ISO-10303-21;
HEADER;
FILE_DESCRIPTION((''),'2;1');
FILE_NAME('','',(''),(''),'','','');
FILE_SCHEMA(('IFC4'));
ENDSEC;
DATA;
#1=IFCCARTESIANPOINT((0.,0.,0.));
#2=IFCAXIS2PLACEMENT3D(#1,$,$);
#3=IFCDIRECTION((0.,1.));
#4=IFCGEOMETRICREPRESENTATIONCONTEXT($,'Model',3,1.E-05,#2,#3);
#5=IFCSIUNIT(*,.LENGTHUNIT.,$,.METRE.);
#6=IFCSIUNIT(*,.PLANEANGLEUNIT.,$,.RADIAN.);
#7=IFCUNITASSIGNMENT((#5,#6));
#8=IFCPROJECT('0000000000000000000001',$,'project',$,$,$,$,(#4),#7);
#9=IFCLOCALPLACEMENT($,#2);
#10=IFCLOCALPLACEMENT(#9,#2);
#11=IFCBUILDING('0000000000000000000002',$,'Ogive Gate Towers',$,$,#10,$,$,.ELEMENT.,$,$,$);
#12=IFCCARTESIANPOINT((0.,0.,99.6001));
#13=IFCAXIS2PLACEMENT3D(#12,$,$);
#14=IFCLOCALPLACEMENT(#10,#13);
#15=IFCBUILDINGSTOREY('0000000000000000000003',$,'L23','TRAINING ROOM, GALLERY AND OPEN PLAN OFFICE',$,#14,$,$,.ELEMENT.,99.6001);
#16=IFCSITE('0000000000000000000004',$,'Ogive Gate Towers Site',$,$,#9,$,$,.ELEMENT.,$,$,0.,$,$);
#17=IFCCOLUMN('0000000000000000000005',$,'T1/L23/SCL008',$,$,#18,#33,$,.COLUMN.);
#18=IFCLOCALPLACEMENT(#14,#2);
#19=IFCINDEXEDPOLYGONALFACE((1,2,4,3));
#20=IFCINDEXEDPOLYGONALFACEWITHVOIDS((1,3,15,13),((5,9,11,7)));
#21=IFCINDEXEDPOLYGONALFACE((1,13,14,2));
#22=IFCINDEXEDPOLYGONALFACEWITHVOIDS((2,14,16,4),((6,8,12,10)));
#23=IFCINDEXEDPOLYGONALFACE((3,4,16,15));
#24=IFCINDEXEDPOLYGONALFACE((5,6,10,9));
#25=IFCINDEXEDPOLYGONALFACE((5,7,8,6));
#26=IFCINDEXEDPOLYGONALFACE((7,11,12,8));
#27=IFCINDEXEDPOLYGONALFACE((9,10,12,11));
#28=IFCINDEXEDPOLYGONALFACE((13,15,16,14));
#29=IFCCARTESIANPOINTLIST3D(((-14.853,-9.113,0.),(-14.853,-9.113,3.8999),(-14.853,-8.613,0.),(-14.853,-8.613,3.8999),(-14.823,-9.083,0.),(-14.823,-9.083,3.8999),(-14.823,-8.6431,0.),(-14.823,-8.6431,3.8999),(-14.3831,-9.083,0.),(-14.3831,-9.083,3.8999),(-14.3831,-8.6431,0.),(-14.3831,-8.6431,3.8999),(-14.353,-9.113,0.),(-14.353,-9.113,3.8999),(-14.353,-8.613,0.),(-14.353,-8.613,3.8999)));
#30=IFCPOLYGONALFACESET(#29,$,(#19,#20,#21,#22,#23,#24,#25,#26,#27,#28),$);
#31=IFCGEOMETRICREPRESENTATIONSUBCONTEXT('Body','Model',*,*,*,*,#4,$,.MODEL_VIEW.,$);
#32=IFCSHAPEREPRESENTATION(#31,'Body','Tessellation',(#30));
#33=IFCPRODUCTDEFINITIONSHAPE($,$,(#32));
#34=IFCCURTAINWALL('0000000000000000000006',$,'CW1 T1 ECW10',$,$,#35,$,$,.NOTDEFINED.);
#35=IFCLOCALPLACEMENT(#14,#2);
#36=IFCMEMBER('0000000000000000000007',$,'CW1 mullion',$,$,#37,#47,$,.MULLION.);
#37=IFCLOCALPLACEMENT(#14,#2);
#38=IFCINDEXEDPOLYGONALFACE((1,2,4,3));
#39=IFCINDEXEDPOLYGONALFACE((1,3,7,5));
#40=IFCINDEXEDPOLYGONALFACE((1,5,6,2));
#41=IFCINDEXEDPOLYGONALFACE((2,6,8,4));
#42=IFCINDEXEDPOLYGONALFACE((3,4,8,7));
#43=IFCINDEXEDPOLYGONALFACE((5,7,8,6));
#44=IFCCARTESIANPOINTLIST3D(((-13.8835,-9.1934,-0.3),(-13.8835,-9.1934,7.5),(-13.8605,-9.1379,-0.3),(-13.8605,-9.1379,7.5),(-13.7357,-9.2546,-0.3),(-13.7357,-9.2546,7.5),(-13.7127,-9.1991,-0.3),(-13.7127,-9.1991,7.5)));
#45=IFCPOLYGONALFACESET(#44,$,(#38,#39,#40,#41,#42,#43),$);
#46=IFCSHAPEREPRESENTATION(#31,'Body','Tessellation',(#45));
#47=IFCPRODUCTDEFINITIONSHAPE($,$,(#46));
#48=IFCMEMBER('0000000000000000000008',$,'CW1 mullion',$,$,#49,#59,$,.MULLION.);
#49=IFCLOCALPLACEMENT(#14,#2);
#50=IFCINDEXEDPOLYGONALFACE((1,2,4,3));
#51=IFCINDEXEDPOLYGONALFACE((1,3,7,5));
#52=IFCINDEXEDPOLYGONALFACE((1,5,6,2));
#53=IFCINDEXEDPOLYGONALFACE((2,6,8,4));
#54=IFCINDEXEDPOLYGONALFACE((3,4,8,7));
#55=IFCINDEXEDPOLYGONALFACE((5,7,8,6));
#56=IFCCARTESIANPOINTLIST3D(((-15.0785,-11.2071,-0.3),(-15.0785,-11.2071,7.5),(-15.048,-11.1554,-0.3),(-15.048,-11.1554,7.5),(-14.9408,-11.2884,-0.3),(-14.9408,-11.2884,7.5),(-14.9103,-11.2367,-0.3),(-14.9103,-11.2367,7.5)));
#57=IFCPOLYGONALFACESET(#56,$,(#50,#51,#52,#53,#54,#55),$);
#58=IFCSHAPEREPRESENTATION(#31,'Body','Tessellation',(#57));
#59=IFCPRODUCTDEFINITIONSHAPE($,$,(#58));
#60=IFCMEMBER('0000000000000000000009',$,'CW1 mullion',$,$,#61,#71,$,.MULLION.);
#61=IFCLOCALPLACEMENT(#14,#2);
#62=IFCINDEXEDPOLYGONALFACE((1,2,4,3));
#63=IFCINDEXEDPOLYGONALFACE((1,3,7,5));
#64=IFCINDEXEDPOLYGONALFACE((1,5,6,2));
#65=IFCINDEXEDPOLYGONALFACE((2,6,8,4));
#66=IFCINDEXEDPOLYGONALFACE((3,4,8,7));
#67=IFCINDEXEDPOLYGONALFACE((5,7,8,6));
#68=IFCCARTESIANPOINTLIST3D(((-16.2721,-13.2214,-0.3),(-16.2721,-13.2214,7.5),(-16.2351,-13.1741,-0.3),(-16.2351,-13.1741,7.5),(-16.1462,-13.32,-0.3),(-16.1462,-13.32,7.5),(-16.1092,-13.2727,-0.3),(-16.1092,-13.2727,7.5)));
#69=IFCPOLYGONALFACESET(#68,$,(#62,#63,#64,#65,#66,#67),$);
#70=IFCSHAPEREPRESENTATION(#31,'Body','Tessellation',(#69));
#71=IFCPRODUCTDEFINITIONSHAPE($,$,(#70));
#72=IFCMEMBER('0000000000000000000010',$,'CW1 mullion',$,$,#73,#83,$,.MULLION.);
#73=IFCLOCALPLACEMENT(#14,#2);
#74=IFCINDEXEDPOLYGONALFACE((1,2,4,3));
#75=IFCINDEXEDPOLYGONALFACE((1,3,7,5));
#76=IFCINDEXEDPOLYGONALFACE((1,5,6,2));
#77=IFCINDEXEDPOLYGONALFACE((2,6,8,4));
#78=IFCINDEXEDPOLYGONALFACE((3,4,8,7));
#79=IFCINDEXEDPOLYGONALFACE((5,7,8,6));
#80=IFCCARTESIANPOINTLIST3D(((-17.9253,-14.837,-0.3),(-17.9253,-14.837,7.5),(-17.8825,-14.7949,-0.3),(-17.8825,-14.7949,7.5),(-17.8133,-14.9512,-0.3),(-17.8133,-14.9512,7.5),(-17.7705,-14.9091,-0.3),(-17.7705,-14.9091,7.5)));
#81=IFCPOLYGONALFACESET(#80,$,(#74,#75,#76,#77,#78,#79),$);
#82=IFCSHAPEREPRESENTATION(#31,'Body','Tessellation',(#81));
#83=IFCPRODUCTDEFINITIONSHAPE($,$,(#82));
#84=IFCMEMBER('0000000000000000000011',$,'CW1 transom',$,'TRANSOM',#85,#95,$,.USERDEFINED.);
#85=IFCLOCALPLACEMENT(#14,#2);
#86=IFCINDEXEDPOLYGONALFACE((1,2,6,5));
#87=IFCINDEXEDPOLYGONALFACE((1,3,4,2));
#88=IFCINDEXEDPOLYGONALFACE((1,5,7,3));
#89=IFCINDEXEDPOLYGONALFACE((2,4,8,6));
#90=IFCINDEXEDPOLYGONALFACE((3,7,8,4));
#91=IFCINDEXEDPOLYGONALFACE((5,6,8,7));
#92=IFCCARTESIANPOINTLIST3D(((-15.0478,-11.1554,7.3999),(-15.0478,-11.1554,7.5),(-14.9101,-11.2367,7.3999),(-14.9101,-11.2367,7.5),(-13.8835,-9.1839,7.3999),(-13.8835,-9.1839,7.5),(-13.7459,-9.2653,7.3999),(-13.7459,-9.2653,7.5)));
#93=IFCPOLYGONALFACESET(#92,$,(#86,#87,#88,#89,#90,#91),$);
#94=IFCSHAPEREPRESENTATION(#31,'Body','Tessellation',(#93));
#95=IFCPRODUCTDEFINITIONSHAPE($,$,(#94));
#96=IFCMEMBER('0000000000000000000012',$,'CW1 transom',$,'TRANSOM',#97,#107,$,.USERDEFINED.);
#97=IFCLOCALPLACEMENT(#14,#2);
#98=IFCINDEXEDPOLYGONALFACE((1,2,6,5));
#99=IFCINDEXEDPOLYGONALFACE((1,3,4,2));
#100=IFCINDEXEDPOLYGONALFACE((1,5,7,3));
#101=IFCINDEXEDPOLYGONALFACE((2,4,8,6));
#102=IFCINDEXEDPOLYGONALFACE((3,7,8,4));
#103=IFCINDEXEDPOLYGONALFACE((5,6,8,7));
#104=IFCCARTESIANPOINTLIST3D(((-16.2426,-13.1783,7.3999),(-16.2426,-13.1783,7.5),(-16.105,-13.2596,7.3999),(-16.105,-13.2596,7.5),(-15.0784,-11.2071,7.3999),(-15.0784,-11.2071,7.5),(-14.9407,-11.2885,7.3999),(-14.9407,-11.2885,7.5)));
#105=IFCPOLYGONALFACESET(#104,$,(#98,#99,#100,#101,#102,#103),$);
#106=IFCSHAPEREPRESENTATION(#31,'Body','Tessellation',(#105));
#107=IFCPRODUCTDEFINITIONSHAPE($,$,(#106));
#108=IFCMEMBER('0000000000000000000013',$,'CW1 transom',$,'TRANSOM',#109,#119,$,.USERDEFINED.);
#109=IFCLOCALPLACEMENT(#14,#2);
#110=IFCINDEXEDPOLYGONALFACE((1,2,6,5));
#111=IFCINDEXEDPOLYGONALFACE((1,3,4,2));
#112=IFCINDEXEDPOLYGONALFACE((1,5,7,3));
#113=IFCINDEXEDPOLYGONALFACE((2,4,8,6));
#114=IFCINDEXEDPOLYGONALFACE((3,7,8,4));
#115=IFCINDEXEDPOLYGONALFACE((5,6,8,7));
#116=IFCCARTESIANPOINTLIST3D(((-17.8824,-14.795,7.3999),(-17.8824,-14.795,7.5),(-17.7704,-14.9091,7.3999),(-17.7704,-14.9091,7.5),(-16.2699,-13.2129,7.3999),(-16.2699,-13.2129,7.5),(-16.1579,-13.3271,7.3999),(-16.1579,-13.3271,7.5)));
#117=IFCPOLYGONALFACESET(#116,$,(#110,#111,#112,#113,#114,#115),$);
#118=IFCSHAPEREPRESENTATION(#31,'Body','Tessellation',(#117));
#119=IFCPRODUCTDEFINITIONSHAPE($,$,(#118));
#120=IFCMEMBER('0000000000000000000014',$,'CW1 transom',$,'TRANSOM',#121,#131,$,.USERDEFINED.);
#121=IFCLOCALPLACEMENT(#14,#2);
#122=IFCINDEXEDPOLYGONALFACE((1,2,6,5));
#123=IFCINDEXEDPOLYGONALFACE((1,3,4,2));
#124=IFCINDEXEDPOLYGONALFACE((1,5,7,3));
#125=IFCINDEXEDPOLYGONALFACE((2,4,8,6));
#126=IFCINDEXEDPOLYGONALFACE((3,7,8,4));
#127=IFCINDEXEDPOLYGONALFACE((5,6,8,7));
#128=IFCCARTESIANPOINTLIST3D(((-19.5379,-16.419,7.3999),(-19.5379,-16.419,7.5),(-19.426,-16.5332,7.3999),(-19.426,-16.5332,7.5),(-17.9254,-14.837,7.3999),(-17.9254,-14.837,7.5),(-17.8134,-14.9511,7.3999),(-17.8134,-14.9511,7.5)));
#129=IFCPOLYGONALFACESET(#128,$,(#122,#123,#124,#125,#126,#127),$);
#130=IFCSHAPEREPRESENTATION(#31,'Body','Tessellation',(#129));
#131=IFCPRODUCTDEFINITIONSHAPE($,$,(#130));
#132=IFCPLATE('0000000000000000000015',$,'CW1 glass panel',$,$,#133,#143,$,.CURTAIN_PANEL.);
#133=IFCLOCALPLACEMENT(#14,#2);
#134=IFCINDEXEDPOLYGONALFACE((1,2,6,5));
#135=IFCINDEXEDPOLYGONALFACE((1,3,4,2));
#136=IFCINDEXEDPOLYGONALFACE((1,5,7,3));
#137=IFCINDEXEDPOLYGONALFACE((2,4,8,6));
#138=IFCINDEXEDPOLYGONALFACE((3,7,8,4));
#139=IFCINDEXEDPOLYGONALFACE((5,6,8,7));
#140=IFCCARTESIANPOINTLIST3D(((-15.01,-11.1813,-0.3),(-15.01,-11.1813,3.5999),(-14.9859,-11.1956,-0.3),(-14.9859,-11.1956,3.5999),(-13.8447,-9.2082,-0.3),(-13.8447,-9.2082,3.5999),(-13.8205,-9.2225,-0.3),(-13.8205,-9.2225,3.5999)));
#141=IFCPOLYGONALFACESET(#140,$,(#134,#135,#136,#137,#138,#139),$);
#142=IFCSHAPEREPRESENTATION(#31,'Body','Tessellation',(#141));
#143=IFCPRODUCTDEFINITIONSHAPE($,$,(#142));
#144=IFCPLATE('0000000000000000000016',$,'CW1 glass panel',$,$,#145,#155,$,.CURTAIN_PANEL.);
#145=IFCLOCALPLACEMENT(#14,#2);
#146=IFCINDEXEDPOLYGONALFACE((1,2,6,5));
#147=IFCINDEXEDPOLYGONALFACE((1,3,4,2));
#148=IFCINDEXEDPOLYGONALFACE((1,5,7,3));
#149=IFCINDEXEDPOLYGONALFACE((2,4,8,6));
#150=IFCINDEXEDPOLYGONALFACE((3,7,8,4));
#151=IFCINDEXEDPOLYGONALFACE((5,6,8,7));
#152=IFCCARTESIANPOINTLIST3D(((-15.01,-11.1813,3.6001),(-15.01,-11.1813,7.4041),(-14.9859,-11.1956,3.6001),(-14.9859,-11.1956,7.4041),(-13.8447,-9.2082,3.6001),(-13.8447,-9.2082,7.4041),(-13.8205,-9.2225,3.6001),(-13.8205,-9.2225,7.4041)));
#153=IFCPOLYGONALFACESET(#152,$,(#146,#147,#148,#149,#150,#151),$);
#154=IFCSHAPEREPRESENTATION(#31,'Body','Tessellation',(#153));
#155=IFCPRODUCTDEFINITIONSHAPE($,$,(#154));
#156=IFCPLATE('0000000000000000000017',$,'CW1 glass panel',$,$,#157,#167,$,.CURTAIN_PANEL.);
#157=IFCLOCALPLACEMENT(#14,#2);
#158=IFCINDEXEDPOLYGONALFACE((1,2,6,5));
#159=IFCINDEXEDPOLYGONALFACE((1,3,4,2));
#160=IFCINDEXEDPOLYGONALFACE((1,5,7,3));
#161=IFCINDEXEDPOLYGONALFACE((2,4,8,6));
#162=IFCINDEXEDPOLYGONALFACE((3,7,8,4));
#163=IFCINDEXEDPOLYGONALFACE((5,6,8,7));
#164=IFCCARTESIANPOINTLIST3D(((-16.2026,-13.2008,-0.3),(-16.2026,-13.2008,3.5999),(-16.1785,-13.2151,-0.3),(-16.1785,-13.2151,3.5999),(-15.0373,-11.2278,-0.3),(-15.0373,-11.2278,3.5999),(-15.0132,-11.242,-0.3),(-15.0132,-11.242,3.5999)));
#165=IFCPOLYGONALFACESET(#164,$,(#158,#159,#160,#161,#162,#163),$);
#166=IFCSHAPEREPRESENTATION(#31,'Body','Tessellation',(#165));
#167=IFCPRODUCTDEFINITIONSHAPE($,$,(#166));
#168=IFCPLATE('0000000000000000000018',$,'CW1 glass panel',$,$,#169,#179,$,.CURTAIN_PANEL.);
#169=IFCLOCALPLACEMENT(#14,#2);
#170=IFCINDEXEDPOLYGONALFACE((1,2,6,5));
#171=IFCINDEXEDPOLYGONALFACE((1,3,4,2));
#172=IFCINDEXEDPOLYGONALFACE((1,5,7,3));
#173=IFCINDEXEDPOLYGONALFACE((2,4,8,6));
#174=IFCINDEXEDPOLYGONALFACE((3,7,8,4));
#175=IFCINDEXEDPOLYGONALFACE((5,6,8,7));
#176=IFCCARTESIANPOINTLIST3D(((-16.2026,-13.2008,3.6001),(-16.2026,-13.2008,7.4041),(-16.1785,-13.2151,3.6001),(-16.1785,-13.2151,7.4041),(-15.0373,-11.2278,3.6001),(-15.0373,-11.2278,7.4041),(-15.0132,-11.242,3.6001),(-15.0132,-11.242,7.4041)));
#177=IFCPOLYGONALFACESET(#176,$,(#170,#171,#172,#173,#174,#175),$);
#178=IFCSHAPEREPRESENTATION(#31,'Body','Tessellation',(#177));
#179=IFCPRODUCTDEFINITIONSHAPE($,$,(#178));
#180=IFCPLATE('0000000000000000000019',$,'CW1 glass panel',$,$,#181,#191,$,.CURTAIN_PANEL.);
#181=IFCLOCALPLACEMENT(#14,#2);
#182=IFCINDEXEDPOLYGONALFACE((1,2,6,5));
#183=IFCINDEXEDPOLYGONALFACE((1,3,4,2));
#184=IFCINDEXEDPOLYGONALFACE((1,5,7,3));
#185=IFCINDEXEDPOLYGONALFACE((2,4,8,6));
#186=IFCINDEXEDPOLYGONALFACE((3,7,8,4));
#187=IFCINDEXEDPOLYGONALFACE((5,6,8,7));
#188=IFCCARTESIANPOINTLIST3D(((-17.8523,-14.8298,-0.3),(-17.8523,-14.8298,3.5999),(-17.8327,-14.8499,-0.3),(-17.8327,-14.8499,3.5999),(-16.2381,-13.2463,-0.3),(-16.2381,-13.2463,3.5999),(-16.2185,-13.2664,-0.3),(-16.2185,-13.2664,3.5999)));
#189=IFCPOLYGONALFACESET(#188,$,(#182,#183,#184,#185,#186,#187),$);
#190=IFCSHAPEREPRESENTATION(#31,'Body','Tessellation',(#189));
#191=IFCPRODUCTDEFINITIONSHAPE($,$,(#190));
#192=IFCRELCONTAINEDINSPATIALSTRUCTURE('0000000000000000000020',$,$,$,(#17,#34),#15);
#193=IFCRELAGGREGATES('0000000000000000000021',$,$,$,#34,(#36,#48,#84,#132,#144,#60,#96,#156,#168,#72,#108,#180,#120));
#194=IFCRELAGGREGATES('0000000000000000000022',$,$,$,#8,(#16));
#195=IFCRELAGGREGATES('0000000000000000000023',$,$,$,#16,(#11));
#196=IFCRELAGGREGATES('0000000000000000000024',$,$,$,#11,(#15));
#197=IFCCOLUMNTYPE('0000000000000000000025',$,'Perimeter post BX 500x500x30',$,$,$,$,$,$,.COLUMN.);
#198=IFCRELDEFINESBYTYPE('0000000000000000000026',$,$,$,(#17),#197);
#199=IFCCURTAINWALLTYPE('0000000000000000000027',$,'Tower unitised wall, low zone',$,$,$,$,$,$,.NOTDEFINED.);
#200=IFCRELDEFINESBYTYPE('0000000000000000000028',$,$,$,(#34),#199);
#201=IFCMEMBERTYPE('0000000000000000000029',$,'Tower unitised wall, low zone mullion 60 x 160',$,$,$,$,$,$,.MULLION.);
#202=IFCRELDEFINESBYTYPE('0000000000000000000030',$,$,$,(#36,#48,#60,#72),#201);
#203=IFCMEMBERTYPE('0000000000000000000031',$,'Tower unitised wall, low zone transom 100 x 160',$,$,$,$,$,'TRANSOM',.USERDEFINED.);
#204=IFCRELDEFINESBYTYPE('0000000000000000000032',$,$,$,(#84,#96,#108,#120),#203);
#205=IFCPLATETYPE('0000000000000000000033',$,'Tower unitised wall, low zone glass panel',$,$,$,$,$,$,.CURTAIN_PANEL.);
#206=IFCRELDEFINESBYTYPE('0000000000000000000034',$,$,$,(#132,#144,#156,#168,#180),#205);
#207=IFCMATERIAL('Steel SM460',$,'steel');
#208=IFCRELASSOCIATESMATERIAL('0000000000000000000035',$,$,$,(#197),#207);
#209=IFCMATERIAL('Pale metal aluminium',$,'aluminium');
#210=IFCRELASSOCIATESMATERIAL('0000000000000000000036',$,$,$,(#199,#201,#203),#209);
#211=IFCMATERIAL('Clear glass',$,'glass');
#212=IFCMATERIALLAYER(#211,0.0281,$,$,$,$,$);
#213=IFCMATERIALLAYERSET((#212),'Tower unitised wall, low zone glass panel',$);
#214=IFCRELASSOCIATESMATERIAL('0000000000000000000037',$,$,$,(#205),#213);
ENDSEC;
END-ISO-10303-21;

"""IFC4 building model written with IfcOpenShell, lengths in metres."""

from ifc_helpers import new_model, si_unit, direction, frame, origin, origin_2d, place, context, subcontext, project, spatial, rectangle, hollow_rectangle, extrude, material, layer, layer_set, material_profile, profile_set, type_object, element, aggregate, save


model = new_model("IFC4")

# Units and contexts
model_context = context("Model", 3, precision=1e-05, world=origin(), true_north=direction((0.0, 1.0)))
body_context = subcontext(model_context, "Body", "Model", "MODEL_VIEW")
ifc_project = project(units=[si_unit("LENGTHUNIT", "METRE"), si_unit("PLANEANGLEUNIT", "RADIAN")], contexts=[model_context])

# Site, building, storey
site_placement = place(None, origin())
site = spatial("IfcSite", under=ifc_project, at=site_placement, Name="Ogive Gate Towers Site", CompositionType="ELEMENT", RefElevation=0.0)
building_placement = place(site_placement, origin())
building = spatial("IfcBuilding", under=site, at=building_placement, Name="Ogive Gate Towers", CompositionType="ELEMENT")
storey_placement = place(building_placement, frame((0.0, 0.0, 99.6001)))
storey = spatial("IfcBuildingStorey", under=building, at=storey_placement, Name="L23", Description="TRAINING ROOM, GALLERY AND OPEN PLAN OFFICE", CompositionType="ELEMENT", Elevation=99.6001)

# Column
ifc_material_1 = material(Name="Steel SM460", Category="steel")
ifc_material_profile_1 = material_profile(ifc_material_1, hollow_rectangle(XDim=0.5, YDim=0.5, WallThickness=0.03, at=origin_2d()), Name="BX 500x500x30")
ifc_profile_set_1 = profile_set([ifc_material_profile_1], Name="Steel SM460")
column_type = type_object("IfcColumnType", Name="Perimeter post BX 500x500x30", PredefinedType="COLUMN", material=ifc_profile_set_1)
column_placement = place(storey_placement, frame((-14.603, -8.863, 0.0), z_axis=(0.0, 0.0, 1.0), x_axis=(1.0, 0.0, 0.0)))
element("IfcColumn", 1, at=column_placement, inside=storey, type_object=column_type, Name="T1/L23/SCL008", PredefinedType="COLUMN", context=body_context, shape_type="SweptSolid", body=[
    extrude(hollow_rectangle(XDim=0.5, YDim=0.5, WallThickness=0.03, at=origin_2d()), origin(), (0.0, 0.0, 1.0), 3.8999),
])

# Curtain wall, members, plates
ifc_material_2 = material(Name="Pale metal aluminium", Category="aluminium")
curtain_wall_type = type_object("IfcCurtainWallType", Name="Tower unitised wall, low zone", PredefinedType="NOTDEFINED", material=ifc_material_2)
curtain_wall_placement = place(storey_placement, origin())
curtain_wall = element("IfcCurtainWall", 2, at=curtain_wall_placement, inside=storey, type_object=curtain_wall_type, Name="CW1 T1 ECW10", PredefinedType="NOTDEFINED")
ifc_material_profile_2 = material_profile(ifc_material_2, rectangle(XDim=0.1599, YDim=0.0601, at=origin_2d()), Name="60 x 160 aluminium box")
ifc_profile_set_2 = profile_set([ifc_material_profile_2], Name="Pale metal aluminium")
member_type_1 = type_object("IfcMemberType", Name="Tower unitised wall, low zone mullion 60 x 160", PredefinedType="MULLION", material=ifc_profile_set_2)
member_1_placement = place(storey_placement, frame((-13.7981, -9.1963, -0.3), z_axis=(0.0, 0.0, 1.0), x_axis=(-0.92388, 0.382683, 0.0)))
member_1 = element("IfcMember", 3, at=member_1_placement, type_object=member_type_1, Name="CW1 mullion", PredefinedType="MULLION", context=body_context, shape_type="SweptSolid", body=[
    extrude(rectangle(XDim=0.1599, YDim=0.0601, at=origin_2d()), origin(), (0.0, 0.0, 1.0), 7.8),
])
member_2_placement = place(storey_placement, frame((-14.9944, -11.2219, -0.3), z_axis=(0.0, 0.0, 1.0), x_axis=(-0.861035, 0.508546, 0.0)))
member_2 = element("IfcMember", 4, at=member_2_placement, type_object=member_type_1, Name="CW1 mullion", PredefinedType="MULLION", context=body_context, shape_type="SweptSolid", body=[
    extrude(rectangle(XDim=0.1599, YDim=0.0601, at=origin_2d()), origin(), (0.0, 0.0, 1.0), 7.8),
])
member_3_placement = place(storey_placement, frame((-16.1907, -13.2471, -0.3), z_axis=(0.0, 0.0, 1.0), x_axis=(-0.787387, 0.616459, 0.0)))
member_3 = element("IfcMember", 5, at=member_3_placement, type_object=member_type_1, Name="CW1 mullion", PredefinedType="MULLION", context=body_context, shape_type="SweptSolid", body=[
    extrude(rectangle(XDim=0.1599, YDim=0.0601, at=origin_2d()), origin(), (0.0, 0.0, 1.0), 7.8),
])
member_4_placement = place(storey_placement, frame((-17.8479, -14.873, -0.3), z_axis=(0.0, 0.0, 1.0), x_axis=(-0.700299, 0.71385, 0.0)))
member_4 = element("IfcMember", 6, at=member_4_placement, type_object=member_type_1, Name="CW1 mullion", PredefinedType="MULLION", context=body_context, shape_type="SweptSolid", body=[
    extrude(rectangle(XDim=0.1599, YDim=0.0601, at=origin_2d()), origin(), (0.0, 0.0, 1.0), 7.8),
])
ifc_material_profile_3 = material_profile(ifc_material_2, rectangle(XDim=0.1599, YDim=0.1001, at=origin_2d()), Name="100 x 160 aluminium box")
ifc_profile_set_3 = profile_set([ifc_material_profile_3], Name="Pale metal aluminium")
member_type_2 = type_object("IfcMemberType", Name="Tower unitised wall, low zone transom 100 x 160", ElementType="TRANSOM", PredefinedType="USERDEFINED", material=ifc_profile_set_3)
member_5_placement = place(storey_placement, frame((-13.8147, -9.2246, 7.45), z_axis=(-0.508525, -0.861048, 0.0), x_axis=(0.861048, -0.508525, 0.0)))
member_5 = element("IfcMember", 7, at=member_5_placement, type_object=member_type_2, Name="CW1 transom", ObjectType="TRANSOM", PredefinedType="USERDEFINED", context=body_context, shape_type="SweptSolid", body=[
    extrude(rectangle(XDim=0.1599, YDim=0.1001, at=origin_2d()), origin(), (0.0, 0.0, 1.0), 2.2896),
])
member_6_placement = place(storey_placement, frame((-15.0095, -11.2478, 7.45), z_axis=(-0.508571, -0.86102, 0.0), x_axis=(0.86102, -0.508571, 0.0)))
member_6 = element("IfcMember", 8, at=member_6_placement, type_object=member_type_2, Name="CW1 transom", ObjectType="TRANSOM", PredefinedType="USERDEFINED", context=body_context, shape_type="SweptSolid", body=[
    extrude(rectangle(XDim=0.1599, YDim=0.1001, at=origin_2d()), origin(), (0.0, 0.0, 1.0), 2.2893),
])
member_7_placement = place(storey_placement, frame((-16.2139, -13.27, 7.45), z_axis=(-0.713829, -0.70032, 0.0), x_axis=(0.70032, -0.713829, 0.0)))
member_7 = element("IfcMember", 9, at=member_7_placement, type_object=member_type_2, Name="CW1 transom", ObjectType="TRANSOM", PredefinedType="USERDEFINED", context=body_context, shape_type="SweptSolid", body=[
    extrude(rectangle(XDim=0.1599, YDim=0.1001, at=origin_2d()), origin(), (0.0, 0.0, 1.0), 2.259),
])
member_8_placement = place(storey_placement, frame((-17.8694, -14.894, 7.45), z_axis=(-0.713829, -0.70032, 0.0), x_axis=(0.70032, -0.713829, 0.0)))
member_8 = element("IfcMember", 10, at=member_8_placement, type_object=member_type_2, Name="CW1 transom", ObjectType="TRANSOM", PredefinedType="USERDEFINED", context=body_context, shape_type="SweptSolid", body=[
    extrude(rectangle(XDim=0.1599, YDim=0.1001, at=origin_2d()), origin(), (0.0, 0.0, 1.0), 2.259),
])
ifc_material_3 = material(Name="Clear glass", Category="glass")
ifc_layer_1 = layer(ifc_material_3, 0.0281)
ifc_layer_set_1 = layer_set([ifc_layer_1], Name="Tower unitised wall, low zone glass panel")
plate_type = type_object("IfcPlateType", Name="Tower unitised wall, low zone glass panel", PredefinedType="CURTAIN_PANEL", material=ifc_layer_set_1)
plate_1_placement = place(storey_placement, frame((-14.4153, -10.2019, -0.3), z_axis=(0.0, 0.0, 1.0), x_axis=(-0.508546, -0.861035, 0.0)))
plate_1 = element("IfcPlate", 11, at=plate_1_placement, type_object=plate_type, Name="CW1 glass panel", PredefinedType="CURTAIN_PANEL", context=body_context, shape_type="SweptSolid", body=[
    extrude(rectangle(XDim=2.2915, YDim=0.0281, at=origin_2d()), origin(), (0.0, 0.0, 1.0), 3.8999),
])
plate_2_placement = place(storey_placement, frame((-14.4153, -10.2019, 3.6001), z_axis=(0.0, 0.0, 1.0), x_axis=(-0.508546, -0.861035, 0.0)))
plate_2 = element("IfcPlate", 12, at=plate_2_placement, type_object=plate_type, Name="CW1 glass panel", PredefinedType="CURTAIN_PANEL", context=body_context, shape_type="SweptSolid", body=[
    extrude(rectangle(XDim=2.2915, YDim=0.0281, at=origin_2d()), origin(), (0.0, 0.0, 1.0), 3.804),
])
plate_3_placement = place(storey_placement, frame((-15.6079, -12.2214, -0.3), z_axis=(0.0, 0.0, 1.0), x_axis=(-0.508531, -0.861044, 0.0)))
plate_3 = element("IfcPlate", 13, at=plate_3_placement, type_object=plate_type, Name="CW1 glass panel", PredefinedType="CURTAIN_PANEL", context=body_context, shape_type="SweptSolid", body=[
    extrude(rectangle(XDim=2.2915, YDim=0.0281, at=origin_2d()), origin(), (0.0, 0.0, 1.0), 3.8999),
])
plate_4_placement = place(storey_placement, frame((-15.6079, -12.2214, 3.6001), z_axis=(0.0, 0.0, 1.0), x_axis=(-0.508531, -0.861044, 0.0)))
plate_4 = element("IfcPlate", 14, at=plate_4_placement, type_object=plate_type, Name="CW1 glass panel", PredefinedType="CURTAIN_PANEL", context=body_context, shape_type="SweptSolid", body=[
    extrude(rectangle(XDim=2.2915, YDim=0.0281, at=origin_2d()), origin(), (0.0, 0.0, 1.0), 3.804),
])
plate_5_placement = place(storey_placement, frame((-17.0354, -14.0481, -0.3), z_axis=(0.0, 0.0, 1.0), x_axis=(-0.713862, -0.700287, 0.0)))
plate_5 = element("IfcPlate", 15, at=plate_5_placement, type_object=plate_type, Name="CW1 glass panel", PredefinedType="CURTAIN_PANEL", context=body_context, shape_type="SweptSolid", body=[
    extrude(rectangle(XDim=2.2612, YDim=0.0281, at=origin_2d()), origin(), (0.0, 0.0, 1.0), 3.8999),
])
aggregate(curtain_wall, [member_1, member_2, member_5, plate_1, plate_2, member_3, member_6, plate_3, plate_4, member_4, member_7, plate_5, member_8])

save(model, "model.ifc")
